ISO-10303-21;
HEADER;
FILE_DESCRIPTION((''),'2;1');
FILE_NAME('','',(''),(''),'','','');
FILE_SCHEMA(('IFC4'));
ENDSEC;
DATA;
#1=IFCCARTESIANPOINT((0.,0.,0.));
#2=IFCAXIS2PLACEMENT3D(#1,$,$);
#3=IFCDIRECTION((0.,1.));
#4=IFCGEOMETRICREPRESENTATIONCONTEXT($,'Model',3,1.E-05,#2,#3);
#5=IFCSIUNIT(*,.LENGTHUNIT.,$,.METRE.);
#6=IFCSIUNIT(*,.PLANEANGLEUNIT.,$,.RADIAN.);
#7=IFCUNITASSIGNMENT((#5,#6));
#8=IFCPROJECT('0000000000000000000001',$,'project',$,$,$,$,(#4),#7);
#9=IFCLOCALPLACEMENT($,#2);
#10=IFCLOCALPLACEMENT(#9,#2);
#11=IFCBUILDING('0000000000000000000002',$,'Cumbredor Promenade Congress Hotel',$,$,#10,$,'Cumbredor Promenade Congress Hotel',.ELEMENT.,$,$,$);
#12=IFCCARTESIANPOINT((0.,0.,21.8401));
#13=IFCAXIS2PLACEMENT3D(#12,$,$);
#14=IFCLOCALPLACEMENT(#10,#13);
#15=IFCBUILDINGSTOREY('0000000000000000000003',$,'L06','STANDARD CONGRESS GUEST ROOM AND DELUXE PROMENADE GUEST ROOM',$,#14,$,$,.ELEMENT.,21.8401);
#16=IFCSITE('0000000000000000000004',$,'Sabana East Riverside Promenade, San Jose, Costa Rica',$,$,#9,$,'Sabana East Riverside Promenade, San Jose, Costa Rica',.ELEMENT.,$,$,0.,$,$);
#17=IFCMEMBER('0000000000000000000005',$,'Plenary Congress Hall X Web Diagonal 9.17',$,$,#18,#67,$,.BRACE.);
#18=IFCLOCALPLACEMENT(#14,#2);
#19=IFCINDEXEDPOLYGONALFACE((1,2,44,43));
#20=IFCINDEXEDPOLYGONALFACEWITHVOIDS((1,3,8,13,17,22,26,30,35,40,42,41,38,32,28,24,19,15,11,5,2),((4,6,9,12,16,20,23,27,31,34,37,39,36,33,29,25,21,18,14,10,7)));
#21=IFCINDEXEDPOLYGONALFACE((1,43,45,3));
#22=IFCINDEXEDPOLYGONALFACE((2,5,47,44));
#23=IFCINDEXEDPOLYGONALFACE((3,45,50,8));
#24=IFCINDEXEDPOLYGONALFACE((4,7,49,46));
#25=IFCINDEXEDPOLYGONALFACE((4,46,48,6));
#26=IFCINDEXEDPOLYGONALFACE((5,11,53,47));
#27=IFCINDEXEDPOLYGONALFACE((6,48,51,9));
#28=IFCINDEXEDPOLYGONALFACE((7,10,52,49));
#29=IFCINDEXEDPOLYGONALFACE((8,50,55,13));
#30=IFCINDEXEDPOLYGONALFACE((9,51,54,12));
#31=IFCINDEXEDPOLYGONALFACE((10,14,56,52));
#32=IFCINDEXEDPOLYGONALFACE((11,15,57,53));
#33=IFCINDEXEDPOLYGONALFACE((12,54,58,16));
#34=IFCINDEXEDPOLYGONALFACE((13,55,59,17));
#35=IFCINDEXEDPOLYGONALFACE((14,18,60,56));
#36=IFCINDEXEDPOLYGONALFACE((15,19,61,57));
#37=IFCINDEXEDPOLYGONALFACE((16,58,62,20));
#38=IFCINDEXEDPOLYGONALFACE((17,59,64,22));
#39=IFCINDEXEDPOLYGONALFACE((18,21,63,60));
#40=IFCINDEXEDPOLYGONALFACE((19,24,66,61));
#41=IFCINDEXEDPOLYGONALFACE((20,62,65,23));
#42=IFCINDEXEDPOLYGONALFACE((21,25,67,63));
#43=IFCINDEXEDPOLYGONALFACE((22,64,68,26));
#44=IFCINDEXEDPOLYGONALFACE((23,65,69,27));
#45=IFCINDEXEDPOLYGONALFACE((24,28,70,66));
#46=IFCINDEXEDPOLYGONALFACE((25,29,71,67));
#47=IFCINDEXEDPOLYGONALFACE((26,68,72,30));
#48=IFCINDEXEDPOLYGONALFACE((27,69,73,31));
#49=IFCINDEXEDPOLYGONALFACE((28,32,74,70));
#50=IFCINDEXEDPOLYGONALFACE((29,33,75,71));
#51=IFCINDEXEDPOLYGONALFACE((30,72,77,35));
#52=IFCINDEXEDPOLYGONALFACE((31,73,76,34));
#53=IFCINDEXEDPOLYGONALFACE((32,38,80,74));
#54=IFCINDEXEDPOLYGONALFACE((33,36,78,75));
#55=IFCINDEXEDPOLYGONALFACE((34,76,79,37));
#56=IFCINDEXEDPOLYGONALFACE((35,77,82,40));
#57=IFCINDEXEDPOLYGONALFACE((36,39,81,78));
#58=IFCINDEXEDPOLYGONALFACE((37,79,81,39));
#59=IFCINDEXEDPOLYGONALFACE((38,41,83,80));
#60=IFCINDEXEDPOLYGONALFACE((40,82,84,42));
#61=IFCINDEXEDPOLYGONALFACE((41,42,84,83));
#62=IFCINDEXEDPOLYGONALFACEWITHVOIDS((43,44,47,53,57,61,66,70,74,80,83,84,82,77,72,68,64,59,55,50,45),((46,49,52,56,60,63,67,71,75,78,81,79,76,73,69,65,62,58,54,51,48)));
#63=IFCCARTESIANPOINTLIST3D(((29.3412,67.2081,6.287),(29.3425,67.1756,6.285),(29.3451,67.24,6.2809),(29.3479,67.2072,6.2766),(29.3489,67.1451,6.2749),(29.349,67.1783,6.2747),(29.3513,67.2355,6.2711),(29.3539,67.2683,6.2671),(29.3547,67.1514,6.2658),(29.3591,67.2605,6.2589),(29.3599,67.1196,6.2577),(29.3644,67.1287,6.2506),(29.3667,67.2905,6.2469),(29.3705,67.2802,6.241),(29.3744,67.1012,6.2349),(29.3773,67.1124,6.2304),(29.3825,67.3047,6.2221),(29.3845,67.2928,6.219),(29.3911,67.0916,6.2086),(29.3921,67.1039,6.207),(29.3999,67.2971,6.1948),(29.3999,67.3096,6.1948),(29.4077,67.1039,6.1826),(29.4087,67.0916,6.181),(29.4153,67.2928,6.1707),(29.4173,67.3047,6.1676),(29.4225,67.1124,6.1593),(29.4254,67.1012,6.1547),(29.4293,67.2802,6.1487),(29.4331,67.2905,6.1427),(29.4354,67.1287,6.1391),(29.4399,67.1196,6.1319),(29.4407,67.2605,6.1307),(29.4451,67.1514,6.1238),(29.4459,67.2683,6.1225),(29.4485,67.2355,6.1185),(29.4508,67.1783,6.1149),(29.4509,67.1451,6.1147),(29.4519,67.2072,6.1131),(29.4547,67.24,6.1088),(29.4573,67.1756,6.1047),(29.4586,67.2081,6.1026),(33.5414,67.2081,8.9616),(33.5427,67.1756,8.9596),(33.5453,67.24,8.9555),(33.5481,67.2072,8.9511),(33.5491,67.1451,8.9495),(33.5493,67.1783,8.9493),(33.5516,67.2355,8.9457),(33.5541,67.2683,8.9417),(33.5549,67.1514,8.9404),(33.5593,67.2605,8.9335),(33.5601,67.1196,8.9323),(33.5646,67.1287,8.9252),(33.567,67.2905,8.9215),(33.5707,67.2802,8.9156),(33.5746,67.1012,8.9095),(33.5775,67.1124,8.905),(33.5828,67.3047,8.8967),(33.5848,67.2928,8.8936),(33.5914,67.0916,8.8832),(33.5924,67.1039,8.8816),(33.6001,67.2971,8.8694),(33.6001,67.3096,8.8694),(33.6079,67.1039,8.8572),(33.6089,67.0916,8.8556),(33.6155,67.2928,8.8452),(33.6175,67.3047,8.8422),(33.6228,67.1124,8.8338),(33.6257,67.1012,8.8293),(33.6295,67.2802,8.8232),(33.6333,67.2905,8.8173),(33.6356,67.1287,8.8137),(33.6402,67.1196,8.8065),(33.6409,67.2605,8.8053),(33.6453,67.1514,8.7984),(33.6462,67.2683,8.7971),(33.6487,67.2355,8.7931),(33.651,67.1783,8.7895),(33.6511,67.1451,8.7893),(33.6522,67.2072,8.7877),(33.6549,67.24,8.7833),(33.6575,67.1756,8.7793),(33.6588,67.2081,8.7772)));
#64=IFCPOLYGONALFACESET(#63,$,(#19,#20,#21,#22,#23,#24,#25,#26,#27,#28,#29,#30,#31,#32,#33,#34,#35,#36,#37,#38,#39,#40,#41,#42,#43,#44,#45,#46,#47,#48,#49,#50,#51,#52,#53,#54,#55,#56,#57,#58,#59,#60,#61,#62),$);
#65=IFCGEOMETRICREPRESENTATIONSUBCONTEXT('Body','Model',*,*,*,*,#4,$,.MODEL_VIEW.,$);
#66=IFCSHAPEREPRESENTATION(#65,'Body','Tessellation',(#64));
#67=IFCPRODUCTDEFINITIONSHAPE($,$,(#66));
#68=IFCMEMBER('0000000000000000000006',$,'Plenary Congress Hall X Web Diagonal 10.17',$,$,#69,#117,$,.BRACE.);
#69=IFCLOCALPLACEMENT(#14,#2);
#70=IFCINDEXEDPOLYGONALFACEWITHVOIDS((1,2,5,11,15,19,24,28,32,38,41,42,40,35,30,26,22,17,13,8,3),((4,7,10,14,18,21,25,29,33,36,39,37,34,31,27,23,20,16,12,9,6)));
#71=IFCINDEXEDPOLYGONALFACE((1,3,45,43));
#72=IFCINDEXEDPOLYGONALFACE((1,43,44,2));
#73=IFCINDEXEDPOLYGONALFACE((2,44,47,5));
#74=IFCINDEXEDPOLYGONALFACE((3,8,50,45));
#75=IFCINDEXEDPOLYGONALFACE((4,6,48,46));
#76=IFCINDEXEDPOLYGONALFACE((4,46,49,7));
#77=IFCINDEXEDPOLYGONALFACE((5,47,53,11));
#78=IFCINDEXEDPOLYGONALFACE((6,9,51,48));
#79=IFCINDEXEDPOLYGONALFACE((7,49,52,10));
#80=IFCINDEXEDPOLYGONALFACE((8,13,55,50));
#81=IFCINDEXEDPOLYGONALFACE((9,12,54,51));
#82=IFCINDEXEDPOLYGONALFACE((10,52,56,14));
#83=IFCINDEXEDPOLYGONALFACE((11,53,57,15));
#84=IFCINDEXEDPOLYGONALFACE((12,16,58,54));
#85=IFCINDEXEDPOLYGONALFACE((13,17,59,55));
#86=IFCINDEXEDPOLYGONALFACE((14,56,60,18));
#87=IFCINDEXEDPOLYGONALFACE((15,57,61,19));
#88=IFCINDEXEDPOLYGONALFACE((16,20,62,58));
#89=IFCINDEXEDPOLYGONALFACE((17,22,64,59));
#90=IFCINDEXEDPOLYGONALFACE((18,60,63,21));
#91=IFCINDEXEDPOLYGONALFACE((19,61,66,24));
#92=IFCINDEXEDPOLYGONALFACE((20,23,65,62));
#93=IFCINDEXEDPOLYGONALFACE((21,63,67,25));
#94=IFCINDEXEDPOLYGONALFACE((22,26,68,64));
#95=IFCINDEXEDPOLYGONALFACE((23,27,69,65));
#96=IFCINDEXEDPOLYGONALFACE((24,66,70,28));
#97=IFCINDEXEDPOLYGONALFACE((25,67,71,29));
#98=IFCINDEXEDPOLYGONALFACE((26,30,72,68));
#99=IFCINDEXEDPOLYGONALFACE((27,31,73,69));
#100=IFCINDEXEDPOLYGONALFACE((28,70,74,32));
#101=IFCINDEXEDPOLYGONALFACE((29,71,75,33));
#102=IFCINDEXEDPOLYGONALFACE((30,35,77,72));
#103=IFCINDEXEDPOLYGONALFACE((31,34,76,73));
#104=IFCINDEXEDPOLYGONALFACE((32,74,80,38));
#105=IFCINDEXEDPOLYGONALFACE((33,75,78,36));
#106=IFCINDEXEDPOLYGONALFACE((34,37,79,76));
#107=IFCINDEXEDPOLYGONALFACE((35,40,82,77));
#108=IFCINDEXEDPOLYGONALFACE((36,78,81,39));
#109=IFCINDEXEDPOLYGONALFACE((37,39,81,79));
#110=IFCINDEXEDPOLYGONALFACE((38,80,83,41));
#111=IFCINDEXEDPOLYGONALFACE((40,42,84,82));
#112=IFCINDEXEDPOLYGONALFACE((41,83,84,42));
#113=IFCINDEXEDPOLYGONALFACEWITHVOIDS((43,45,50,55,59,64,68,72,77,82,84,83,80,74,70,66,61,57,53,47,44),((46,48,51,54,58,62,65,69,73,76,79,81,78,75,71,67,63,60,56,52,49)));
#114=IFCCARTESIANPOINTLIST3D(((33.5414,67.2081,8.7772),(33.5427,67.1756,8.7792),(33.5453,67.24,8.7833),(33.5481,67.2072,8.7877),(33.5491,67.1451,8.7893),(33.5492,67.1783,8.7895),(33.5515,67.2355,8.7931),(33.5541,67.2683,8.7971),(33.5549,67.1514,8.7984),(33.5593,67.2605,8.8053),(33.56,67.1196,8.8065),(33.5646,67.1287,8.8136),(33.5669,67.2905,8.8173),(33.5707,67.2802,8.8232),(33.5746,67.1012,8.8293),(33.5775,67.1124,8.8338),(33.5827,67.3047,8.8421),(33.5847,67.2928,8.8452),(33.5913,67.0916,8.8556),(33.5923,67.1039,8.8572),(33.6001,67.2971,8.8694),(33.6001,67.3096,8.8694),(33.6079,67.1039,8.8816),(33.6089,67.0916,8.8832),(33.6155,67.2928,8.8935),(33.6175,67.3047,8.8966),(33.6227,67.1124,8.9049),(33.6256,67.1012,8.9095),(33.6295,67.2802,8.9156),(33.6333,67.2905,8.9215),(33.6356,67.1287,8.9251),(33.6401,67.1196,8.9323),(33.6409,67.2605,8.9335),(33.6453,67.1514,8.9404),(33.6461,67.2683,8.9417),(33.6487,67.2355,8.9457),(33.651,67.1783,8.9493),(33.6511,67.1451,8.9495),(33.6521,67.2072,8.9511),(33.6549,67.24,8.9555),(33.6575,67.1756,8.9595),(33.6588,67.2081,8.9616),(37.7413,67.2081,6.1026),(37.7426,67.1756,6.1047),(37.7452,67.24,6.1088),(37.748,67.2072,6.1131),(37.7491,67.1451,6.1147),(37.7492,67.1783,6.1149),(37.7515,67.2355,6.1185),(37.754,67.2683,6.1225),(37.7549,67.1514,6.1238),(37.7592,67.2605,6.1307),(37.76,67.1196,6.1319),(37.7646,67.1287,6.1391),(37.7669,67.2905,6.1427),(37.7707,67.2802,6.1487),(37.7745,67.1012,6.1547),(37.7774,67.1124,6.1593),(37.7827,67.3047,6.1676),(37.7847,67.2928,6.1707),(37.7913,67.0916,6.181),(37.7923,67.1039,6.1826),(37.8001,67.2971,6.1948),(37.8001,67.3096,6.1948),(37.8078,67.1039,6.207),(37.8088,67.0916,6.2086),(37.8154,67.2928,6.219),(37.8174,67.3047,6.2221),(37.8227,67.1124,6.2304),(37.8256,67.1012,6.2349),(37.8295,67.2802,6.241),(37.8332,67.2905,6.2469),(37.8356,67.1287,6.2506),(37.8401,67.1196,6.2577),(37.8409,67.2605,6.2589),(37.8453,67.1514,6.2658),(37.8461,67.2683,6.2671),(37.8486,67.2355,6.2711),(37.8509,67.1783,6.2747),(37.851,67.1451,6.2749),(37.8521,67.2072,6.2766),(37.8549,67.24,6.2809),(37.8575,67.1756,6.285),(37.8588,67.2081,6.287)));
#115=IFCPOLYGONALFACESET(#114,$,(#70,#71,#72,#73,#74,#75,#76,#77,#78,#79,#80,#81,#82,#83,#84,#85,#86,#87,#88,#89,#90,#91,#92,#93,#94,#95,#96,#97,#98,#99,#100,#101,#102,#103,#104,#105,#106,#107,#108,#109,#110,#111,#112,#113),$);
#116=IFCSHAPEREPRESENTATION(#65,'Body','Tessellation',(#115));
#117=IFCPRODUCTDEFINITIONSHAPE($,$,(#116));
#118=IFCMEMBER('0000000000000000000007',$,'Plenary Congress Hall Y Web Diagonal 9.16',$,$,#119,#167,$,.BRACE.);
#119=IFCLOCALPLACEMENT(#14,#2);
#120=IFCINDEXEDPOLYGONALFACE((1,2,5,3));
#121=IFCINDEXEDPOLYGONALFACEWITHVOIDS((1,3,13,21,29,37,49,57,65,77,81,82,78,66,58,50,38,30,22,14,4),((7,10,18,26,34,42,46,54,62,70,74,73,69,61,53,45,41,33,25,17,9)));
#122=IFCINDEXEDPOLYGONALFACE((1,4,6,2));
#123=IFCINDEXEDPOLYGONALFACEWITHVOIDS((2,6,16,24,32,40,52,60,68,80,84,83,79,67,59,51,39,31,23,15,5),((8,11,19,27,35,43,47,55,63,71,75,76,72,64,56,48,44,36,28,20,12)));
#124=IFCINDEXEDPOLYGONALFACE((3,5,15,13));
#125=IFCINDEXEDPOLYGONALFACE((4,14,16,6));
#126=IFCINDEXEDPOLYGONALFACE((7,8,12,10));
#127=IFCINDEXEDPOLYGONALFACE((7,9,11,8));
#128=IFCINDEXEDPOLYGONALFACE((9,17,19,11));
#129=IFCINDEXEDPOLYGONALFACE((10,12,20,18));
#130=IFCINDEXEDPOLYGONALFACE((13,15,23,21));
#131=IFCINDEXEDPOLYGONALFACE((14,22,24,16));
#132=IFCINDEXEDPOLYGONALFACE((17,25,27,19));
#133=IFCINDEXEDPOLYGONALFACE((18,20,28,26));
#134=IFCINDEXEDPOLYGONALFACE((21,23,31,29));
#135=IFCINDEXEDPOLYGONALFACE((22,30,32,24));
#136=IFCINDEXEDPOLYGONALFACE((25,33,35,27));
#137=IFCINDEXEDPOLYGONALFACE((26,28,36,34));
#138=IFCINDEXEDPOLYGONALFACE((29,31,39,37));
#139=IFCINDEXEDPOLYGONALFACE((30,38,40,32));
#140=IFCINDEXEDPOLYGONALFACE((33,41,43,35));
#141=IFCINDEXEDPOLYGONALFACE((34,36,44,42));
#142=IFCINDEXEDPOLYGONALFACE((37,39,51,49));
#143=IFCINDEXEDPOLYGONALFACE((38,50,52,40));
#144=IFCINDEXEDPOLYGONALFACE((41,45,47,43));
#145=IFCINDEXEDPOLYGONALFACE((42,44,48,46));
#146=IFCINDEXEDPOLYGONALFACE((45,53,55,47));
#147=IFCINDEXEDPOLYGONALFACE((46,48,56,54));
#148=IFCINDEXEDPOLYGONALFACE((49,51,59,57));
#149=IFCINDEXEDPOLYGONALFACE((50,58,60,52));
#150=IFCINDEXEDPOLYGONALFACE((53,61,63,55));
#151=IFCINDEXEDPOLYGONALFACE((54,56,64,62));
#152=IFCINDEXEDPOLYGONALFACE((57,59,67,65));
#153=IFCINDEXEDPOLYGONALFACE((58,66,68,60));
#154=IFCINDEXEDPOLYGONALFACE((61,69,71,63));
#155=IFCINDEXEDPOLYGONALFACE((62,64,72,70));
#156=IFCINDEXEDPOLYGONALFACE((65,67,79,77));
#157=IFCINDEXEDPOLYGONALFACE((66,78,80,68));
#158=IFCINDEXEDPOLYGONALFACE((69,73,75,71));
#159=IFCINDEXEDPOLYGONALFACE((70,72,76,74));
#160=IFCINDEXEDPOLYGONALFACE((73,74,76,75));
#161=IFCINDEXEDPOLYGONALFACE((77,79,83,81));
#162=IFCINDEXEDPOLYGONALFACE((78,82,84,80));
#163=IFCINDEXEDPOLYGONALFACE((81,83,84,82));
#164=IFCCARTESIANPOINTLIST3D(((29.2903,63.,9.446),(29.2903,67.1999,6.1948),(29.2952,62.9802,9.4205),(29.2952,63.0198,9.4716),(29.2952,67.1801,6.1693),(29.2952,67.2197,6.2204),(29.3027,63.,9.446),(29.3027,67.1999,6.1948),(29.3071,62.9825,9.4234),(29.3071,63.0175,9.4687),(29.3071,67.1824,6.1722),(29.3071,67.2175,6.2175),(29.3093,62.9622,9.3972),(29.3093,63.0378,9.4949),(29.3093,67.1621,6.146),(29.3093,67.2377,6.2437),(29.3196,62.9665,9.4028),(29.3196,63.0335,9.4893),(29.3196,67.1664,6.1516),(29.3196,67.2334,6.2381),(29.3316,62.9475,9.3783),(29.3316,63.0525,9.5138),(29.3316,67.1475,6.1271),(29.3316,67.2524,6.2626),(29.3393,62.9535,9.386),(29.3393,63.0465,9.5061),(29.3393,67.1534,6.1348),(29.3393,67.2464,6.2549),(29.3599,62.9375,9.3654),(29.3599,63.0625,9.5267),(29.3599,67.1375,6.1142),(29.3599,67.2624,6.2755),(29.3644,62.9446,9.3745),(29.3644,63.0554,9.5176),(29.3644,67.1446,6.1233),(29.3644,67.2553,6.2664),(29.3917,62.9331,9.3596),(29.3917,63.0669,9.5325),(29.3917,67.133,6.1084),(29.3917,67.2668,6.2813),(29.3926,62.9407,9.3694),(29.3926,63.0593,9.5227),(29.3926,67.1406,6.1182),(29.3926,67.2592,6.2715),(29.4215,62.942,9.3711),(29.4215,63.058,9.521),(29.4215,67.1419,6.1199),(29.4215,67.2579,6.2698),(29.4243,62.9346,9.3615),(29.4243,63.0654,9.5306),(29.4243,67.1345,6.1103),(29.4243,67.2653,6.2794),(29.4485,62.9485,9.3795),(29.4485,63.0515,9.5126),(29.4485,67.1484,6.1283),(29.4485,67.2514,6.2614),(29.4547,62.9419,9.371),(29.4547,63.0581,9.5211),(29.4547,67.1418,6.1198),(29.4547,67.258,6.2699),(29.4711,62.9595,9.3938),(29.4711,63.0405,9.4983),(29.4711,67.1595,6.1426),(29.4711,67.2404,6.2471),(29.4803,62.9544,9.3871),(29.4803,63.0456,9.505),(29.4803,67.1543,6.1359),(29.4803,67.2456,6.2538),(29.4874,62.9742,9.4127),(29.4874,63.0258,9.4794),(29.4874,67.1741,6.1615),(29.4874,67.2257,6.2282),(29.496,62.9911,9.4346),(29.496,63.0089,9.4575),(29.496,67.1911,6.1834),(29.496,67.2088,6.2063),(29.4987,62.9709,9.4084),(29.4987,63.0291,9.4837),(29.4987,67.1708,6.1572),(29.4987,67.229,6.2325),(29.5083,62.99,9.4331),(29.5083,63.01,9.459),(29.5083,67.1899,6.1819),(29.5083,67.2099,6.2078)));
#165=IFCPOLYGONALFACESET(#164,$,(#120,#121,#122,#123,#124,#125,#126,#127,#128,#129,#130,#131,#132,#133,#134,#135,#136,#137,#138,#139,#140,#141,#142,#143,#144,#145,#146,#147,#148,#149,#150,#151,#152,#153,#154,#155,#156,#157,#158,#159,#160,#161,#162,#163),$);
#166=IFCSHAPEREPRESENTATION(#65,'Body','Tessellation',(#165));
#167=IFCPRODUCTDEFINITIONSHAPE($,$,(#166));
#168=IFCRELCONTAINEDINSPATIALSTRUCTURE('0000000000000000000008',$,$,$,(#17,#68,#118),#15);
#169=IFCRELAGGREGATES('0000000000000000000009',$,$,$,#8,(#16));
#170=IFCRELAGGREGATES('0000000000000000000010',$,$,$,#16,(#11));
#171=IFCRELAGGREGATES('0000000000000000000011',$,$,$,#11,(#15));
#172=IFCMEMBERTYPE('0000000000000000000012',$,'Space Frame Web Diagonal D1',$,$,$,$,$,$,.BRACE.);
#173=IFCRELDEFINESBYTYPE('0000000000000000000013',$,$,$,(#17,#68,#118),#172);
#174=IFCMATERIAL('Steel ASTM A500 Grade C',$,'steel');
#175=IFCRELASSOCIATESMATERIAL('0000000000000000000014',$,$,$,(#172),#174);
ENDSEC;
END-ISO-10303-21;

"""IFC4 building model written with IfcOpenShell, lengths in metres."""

from ifc_helpers import new_model, si_unit, direction, frame, origin, origin_2d, place, context, subcontext, project, spatial, hollow_circle, extrude, material, material_profile, profile_set, type_object, element, save


model = new_model("IFC4")

# Units and contexts
model_context = context("Model", 3, precision=1e-05, world=origin(), true_north=direction((0.0, 1.0)))
body_context = subcontext(model_context, "Body", "Model", "MODEL_VIEW")
ifc_project = project(units=[si_unit("LENGTHUNIT", "METRE"), si_unit("PLANEANGLEUNIT", "RADIAN")], contexts=[model_context])

# Site, building, storey
site_placement = place(None, origin())
site = spatial("IfcSite", under=ifc_project, at=site_placement, Name="Sabana East Riverside Promenade, San Jose, Costa Rica", LongName="Sabana East Riverside Promenade, San Jose, Costa Rica", CompositionType="ELEMENT", RefElevation=0.0)
building_placement = place(site_placement, origin())
building = spatial("IfcBuilding", under=site, at=building_placement, Name="Cumbredor Promenade Congress Hotel", LongName="Cumbredor Promenade Congress Hotel", CompositionType="ELEMENT")
storey_placement = place(building_placement, frame((0.0, 0.0, 21.8401)))
storey = spatial("IfcBuildingStorey", under=building, at=storey_placement, Name="L06", Description="STANDARD CONGRESS GUEST ROOM AND DELUXE PROMENADE GUEST ROOM", CompositionType="ELEMENT", Elevation=21.8401)

# Members
ifc_material_1 = material(Name="Steel ASTM A500 Grade C", Category="steel")
ifc_material_profile_1 = material_profile(ifc_material_1, hollow_circle(Radius=0.1096, WallThickness=0.0125, at=origin_2d()), Name="CHS 219.1x12.5")
ifc_profile_set_1 = profile_set([ifc_material_profile_1], Name="Steel ASTM A500 Grade C")
member_type_1 = type_object("IfcMemberType", Name="Space Frame Web Diagonal D1", PredefinedType="BRACE", material=ifc_profile_set_1)
member_1_placement = place(storey_placement, frame((29.3999, 67.2, 6.1948), z_axis=(0.843506, 0.0, 0.53712), x_axis=(0.0, 1.0, 0.0)))
element("IfcMember", 1, at=member_1_placement, inside=storey, type_object=member_type_1, Name="Plenary Congress Hall X Web Diagonal 9.17", PredefinedType="BRACE", context=body_context, shape_type="SweptSolid", body=[
    extrude(hollow_circle(Radius=0.1096, WallThickness=0.0125, at=origin_2d()), origin(), (0.0, 0.0, 1.0), 4.9795),
])
member_2_placement = place(storey_placement, frame((33.6001, 67.2, 8.8694), z_axis=(0.843492, 0.0, -0.537142), x_axis=(0.0, 1.0, 0.0)))
element("IfcMember", 2, at=member_2_placement, inside=storey, type_object=member_type_1, Name="Plenary Congress Hall X Web Diagonal 10.17", PredefinedType="BRACE", context=body_context, shape_type="SweptSolid", body=[
    extrude(hollow_circle(Radius=0.1096, WallThickness=0.0125, at=origin_2d()), origin(), (0.0, 0.0, 1.0), 4.9792),
])
member_3_placement = place(storey_placement, frame((29.3999, 63.0, 9.446), z_axis=(0.0, 0.790756, -0.612131), x_axis=(-1.0, 0.0, 0.0)))
element("IfcMember", 3, at=member_3_placement, inside=storey, type_object=member_type_1, Name="Plenary Congress Hall Y Web Diagonal 9.16", PredefinedType="BRACE", context=body_context, shape_type="SweptSolid", body=[
    extrude(hollow_circle(Radius=0.1096, WallThickness=0.0125, at=origin_2d()), origin(), (0.0, 0.0, 1.0), 5.3113),
])

save(model, "model.ifc")
